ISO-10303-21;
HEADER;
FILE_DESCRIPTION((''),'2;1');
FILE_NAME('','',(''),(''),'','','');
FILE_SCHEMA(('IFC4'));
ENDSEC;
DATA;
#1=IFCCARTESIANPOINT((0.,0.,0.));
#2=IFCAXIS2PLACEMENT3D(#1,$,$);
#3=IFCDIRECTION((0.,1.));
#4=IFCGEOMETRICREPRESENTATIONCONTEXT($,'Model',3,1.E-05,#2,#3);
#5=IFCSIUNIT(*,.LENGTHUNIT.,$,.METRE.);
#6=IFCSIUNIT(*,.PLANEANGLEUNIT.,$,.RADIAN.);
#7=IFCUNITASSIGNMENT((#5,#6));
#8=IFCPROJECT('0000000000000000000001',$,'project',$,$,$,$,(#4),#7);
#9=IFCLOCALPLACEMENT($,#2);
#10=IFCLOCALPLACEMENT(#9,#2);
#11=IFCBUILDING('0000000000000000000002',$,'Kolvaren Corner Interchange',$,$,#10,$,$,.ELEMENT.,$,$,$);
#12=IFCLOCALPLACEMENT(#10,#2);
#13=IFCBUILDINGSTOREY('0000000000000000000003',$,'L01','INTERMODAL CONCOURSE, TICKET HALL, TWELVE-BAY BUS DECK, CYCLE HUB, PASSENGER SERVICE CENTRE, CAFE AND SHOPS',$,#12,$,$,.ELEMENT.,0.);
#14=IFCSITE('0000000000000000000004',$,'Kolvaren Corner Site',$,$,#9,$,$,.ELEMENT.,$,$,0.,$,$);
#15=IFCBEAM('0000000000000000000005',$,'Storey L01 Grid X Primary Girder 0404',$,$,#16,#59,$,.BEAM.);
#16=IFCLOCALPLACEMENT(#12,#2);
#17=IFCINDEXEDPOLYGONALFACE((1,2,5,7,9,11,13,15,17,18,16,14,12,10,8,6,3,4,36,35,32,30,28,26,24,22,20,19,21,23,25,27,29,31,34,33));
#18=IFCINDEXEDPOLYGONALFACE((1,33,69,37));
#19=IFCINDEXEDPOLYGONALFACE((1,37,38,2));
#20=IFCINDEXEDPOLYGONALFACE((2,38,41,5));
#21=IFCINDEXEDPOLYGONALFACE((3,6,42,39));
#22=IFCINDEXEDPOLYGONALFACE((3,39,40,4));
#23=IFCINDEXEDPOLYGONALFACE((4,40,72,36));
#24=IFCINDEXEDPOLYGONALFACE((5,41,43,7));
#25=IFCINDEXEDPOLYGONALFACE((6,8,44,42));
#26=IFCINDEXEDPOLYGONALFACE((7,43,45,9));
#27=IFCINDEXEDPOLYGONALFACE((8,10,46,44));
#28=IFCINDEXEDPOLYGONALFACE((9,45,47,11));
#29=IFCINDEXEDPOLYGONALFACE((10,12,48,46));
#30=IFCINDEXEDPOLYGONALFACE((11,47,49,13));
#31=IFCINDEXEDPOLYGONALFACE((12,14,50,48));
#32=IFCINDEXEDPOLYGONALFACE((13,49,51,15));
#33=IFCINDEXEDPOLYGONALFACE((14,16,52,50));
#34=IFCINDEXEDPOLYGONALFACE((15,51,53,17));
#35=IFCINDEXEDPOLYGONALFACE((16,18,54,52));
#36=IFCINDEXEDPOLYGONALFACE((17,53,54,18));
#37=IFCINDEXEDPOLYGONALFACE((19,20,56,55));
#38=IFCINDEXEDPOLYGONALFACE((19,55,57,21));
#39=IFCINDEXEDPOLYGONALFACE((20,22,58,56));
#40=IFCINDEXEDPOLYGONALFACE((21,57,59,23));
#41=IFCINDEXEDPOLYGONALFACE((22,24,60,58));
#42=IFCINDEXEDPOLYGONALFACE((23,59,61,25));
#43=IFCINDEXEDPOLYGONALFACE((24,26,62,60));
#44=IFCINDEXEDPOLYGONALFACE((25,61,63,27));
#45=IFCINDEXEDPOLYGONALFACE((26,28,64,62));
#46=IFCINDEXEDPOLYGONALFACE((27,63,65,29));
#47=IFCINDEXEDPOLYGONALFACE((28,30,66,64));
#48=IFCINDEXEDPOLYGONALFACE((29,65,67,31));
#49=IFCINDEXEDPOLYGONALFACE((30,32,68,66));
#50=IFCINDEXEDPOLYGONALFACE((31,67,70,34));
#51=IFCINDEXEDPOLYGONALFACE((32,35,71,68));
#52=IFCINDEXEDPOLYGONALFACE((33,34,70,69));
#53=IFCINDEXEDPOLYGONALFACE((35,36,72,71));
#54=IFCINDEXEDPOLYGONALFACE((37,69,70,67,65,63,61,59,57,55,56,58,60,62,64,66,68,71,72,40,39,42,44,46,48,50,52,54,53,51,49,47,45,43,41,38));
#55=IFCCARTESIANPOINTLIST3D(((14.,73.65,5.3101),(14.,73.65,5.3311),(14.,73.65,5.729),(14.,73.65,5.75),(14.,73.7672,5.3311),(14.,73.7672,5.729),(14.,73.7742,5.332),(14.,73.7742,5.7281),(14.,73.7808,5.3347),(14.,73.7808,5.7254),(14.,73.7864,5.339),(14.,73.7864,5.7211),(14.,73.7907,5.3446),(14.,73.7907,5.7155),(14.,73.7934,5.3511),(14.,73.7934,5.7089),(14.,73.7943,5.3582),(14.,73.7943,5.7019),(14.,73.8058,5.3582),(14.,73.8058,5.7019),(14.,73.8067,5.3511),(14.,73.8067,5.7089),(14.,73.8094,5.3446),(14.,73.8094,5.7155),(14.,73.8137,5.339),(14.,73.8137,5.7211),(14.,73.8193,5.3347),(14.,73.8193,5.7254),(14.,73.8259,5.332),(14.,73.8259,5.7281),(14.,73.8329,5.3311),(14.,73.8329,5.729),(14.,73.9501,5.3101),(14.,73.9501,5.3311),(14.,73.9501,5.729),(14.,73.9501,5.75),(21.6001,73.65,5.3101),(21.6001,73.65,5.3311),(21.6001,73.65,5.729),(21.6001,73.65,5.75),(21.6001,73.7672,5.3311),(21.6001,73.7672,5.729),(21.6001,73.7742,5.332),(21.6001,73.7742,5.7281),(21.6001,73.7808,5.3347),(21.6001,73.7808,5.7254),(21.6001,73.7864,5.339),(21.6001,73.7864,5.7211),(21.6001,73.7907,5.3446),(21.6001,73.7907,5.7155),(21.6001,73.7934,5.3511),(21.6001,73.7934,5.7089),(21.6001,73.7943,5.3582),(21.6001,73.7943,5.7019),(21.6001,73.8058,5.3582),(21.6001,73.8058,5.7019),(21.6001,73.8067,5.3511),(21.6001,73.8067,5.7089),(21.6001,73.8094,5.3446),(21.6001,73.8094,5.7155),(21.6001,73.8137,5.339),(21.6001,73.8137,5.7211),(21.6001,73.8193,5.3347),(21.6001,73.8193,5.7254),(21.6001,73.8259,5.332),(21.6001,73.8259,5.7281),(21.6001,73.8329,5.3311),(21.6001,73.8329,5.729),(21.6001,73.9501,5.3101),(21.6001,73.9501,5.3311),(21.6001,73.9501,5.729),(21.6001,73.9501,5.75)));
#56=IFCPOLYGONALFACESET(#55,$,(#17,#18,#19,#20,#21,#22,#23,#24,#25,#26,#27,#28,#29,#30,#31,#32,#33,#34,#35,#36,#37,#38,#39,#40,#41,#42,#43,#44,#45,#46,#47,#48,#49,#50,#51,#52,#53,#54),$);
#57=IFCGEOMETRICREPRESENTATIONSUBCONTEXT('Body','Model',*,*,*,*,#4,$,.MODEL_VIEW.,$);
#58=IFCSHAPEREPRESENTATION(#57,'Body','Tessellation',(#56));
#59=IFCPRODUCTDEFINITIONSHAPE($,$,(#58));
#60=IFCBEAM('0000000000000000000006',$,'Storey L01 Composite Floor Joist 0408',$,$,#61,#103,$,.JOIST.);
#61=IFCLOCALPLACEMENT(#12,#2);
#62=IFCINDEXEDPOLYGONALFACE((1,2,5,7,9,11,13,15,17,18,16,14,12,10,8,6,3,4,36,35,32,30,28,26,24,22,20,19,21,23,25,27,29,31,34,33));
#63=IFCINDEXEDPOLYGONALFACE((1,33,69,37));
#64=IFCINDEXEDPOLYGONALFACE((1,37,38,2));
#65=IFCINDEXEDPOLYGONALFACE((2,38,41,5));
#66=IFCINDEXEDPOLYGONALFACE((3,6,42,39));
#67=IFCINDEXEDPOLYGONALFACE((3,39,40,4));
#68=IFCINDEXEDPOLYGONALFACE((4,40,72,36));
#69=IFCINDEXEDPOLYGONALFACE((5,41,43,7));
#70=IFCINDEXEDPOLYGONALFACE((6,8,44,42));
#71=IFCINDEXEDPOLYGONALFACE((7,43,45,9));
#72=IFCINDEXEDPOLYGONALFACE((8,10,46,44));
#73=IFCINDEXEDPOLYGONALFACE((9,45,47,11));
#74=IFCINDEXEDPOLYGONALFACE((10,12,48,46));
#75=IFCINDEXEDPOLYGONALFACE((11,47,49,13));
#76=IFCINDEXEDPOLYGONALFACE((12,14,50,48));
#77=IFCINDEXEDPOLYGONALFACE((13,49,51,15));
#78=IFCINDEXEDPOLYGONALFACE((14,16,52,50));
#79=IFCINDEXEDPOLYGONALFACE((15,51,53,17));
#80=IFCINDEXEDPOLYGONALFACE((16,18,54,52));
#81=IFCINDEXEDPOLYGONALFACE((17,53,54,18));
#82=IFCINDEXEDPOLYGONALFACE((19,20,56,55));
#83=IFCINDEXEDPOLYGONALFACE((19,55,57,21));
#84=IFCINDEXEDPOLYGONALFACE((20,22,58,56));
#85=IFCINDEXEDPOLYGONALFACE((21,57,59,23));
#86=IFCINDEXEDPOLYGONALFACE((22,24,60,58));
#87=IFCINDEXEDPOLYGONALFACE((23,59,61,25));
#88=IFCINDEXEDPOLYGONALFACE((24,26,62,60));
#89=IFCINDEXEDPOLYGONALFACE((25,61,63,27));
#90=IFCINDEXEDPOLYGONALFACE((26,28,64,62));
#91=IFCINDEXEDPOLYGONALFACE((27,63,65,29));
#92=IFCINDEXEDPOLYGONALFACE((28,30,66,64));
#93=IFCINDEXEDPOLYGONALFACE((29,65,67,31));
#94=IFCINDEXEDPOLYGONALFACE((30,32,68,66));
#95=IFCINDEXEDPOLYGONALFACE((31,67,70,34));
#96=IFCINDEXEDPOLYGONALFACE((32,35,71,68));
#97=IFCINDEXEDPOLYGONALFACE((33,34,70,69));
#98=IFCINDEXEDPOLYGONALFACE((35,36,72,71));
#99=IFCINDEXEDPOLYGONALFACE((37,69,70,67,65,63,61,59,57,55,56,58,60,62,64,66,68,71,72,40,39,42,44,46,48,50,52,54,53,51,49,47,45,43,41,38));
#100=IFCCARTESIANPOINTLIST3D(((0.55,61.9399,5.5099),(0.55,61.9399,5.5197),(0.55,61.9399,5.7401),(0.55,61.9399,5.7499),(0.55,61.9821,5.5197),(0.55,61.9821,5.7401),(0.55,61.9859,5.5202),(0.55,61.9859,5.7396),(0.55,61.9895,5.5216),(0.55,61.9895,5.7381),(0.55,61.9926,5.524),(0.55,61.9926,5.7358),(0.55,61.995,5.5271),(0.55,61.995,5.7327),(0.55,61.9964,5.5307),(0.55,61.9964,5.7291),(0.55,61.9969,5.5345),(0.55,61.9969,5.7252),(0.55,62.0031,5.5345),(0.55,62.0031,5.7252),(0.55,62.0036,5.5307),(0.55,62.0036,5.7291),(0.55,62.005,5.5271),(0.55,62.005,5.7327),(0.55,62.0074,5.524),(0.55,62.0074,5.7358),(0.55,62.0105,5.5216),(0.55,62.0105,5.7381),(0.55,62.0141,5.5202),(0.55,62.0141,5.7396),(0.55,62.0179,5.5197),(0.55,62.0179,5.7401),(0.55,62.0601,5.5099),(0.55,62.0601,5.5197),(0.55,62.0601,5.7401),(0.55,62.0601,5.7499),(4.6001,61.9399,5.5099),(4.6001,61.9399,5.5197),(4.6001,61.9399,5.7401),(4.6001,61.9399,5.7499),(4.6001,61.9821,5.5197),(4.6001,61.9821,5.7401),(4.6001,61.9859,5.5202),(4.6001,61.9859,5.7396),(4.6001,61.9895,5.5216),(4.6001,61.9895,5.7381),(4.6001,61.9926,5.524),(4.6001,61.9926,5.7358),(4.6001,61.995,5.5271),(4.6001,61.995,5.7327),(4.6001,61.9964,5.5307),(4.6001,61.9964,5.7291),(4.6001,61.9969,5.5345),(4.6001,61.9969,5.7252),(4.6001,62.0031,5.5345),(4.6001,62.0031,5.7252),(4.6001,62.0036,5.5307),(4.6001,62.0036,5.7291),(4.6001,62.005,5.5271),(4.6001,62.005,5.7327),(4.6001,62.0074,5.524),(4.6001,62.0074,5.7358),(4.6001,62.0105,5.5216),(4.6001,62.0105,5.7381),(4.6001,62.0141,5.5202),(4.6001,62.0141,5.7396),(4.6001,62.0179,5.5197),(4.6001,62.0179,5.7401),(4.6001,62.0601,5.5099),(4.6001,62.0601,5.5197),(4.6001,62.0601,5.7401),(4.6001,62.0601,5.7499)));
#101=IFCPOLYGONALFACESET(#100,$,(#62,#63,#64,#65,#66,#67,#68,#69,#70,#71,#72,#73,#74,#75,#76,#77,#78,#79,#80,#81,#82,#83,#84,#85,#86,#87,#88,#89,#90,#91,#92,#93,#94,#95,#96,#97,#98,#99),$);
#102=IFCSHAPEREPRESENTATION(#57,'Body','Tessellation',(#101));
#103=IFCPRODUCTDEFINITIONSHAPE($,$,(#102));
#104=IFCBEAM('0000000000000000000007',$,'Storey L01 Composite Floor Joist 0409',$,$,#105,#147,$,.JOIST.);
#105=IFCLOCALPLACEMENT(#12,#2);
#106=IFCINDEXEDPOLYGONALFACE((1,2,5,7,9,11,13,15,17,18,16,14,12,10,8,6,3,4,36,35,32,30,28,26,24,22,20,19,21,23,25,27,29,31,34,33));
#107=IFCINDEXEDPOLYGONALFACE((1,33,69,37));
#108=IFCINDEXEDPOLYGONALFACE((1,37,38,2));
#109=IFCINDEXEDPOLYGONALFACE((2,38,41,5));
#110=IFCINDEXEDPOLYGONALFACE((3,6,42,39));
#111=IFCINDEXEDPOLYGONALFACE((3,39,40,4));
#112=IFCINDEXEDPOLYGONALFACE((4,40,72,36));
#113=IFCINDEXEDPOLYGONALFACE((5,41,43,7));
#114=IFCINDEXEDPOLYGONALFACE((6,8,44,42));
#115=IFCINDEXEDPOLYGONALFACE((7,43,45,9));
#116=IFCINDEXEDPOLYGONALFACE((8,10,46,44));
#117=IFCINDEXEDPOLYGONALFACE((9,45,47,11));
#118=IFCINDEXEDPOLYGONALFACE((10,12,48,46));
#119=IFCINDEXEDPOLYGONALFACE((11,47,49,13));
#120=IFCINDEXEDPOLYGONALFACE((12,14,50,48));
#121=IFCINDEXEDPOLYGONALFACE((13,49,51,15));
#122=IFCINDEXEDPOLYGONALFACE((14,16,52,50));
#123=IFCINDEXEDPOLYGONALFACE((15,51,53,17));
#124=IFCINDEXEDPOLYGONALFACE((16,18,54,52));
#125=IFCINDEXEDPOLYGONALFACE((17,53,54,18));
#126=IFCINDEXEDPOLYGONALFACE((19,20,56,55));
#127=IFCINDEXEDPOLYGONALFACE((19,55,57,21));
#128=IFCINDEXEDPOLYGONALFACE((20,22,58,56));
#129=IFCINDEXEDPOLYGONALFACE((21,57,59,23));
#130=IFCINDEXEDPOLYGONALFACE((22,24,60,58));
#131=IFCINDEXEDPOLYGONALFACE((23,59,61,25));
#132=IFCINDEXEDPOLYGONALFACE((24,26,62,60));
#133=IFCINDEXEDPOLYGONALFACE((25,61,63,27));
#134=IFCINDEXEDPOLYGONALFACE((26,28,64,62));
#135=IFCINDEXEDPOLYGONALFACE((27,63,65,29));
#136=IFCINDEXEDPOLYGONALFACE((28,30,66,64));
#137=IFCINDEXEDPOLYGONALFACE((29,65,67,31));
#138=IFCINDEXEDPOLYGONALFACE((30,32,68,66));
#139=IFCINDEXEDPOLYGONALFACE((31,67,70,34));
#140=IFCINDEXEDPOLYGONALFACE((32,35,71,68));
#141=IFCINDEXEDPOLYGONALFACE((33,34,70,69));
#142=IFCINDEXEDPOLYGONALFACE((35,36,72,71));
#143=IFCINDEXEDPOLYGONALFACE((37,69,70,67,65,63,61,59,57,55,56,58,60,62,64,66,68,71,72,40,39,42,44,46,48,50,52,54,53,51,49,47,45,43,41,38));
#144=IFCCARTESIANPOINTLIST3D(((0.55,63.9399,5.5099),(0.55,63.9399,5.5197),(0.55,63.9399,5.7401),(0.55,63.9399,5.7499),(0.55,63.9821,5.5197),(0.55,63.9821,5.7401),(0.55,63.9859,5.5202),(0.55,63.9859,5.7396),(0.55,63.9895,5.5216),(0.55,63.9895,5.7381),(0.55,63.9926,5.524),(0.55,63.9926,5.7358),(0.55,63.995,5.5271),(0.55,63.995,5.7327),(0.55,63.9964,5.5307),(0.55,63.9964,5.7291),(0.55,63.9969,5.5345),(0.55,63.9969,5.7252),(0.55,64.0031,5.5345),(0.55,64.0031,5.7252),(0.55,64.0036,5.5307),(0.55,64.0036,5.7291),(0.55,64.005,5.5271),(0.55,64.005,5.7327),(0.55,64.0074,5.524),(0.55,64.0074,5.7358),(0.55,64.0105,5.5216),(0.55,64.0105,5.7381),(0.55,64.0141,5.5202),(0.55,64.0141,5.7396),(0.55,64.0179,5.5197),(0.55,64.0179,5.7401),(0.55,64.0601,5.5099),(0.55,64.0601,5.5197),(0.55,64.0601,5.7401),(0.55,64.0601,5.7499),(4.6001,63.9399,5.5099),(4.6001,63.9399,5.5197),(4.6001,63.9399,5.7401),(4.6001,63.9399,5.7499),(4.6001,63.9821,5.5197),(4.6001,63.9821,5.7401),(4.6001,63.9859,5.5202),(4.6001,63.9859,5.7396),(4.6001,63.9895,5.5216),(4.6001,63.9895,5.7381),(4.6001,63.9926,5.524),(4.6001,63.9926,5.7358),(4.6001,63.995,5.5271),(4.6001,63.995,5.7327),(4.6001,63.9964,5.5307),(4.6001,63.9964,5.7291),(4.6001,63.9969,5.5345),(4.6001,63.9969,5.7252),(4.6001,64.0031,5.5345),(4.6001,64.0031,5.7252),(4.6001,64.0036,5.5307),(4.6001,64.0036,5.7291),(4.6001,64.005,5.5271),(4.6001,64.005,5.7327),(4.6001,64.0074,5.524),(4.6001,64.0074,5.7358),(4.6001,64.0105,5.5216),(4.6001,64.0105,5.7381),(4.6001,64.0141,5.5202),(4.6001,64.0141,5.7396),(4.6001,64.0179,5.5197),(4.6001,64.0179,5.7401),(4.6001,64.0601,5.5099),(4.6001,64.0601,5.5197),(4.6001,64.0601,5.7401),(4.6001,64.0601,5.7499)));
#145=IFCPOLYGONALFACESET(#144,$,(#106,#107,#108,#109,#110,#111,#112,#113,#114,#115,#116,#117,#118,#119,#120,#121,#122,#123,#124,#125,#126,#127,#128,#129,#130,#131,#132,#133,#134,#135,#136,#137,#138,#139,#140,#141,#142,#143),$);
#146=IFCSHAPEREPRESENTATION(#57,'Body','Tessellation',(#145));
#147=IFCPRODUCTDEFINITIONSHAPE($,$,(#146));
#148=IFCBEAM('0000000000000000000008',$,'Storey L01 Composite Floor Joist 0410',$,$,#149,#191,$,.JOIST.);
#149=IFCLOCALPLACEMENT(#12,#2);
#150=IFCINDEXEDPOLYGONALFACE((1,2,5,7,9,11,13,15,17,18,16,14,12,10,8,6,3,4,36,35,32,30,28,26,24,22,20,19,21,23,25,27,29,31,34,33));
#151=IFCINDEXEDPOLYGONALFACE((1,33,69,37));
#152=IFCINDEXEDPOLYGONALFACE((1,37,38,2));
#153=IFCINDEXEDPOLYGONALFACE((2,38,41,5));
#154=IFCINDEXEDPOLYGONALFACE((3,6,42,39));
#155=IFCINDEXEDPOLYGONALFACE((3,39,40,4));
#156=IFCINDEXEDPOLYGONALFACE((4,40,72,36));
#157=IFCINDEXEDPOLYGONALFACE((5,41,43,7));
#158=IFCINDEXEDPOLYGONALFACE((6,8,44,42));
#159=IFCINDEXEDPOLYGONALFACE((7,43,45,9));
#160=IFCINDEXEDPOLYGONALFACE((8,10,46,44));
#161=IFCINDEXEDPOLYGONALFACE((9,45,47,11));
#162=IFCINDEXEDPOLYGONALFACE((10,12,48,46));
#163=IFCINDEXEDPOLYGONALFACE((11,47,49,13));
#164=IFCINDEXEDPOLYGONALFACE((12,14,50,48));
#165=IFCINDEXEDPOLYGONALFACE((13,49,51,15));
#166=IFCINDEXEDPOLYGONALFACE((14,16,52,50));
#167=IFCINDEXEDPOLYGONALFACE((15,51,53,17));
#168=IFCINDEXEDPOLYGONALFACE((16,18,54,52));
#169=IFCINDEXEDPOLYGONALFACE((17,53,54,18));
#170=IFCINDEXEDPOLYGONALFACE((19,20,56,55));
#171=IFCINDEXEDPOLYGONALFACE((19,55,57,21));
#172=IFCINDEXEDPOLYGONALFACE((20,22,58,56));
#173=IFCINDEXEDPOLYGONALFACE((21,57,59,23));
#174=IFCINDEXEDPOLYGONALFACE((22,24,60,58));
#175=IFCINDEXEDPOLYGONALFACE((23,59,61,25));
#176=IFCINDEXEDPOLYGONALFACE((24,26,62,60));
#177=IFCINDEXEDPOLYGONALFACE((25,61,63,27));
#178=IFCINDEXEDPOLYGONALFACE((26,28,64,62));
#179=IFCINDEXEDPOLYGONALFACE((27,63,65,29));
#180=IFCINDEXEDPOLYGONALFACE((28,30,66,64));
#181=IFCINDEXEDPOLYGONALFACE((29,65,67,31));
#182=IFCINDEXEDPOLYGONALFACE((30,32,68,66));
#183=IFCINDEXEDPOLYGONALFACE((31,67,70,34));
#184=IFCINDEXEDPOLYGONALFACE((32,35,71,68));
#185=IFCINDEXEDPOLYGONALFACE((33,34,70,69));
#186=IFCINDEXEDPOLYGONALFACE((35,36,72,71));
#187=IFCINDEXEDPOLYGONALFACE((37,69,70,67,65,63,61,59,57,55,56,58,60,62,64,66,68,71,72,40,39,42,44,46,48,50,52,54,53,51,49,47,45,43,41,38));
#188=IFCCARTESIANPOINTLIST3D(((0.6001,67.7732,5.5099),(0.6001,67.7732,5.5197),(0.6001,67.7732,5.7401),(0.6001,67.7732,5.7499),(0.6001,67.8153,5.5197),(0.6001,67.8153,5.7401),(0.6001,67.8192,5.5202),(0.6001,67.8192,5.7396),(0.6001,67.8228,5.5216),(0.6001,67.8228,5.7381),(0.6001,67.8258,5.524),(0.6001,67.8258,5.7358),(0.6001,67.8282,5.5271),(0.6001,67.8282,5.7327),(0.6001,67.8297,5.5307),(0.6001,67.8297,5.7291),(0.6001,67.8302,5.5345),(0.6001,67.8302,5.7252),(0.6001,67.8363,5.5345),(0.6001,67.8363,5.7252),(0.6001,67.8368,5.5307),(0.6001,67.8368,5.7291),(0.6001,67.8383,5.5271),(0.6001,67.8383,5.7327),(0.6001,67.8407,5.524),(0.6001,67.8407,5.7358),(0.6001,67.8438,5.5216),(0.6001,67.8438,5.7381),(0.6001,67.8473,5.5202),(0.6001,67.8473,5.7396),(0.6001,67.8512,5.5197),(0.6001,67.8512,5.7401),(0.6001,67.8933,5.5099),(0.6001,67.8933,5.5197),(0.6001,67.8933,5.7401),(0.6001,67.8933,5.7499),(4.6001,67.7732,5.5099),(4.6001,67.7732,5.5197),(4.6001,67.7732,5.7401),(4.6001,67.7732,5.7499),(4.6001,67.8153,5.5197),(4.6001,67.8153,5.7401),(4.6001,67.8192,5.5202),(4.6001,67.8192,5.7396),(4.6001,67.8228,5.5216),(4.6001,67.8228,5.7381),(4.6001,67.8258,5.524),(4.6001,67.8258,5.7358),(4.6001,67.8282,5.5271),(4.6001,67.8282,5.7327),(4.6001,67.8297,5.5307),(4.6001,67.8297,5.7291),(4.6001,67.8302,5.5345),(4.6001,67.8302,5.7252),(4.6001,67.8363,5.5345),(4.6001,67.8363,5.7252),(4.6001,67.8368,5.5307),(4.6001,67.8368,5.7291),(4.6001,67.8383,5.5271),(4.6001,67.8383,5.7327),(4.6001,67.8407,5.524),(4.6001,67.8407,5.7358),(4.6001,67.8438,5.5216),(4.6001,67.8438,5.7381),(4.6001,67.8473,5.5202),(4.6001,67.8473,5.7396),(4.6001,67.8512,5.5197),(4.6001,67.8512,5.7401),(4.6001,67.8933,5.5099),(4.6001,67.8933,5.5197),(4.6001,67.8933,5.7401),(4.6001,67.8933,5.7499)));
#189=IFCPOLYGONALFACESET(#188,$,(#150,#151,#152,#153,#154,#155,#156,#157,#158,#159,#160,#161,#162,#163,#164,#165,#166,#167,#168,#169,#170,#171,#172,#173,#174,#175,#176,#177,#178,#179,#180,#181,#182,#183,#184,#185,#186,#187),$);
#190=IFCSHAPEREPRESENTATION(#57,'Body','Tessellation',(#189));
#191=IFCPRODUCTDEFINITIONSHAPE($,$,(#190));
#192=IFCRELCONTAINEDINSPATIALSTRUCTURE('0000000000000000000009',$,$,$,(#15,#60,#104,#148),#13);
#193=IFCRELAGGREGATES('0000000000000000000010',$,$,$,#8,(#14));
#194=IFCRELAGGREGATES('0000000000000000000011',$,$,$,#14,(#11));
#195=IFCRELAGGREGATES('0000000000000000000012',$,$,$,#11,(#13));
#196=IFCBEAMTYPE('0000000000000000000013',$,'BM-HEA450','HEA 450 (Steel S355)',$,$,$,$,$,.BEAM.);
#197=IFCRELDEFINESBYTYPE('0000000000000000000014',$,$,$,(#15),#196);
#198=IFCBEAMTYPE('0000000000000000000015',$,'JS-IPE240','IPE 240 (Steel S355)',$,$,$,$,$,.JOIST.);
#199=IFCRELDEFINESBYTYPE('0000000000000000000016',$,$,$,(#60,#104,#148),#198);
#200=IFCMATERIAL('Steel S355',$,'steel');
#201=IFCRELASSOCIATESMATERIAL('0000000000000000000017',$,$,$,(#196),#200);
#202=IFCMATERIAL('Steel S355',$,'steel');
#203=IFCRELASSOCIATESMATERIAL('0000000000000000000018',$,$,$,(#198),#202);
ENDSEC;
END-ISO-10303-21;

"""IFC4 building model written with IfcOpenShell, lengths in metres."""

from ifc_helpers import new_model, si_unit, direction, frame, origin, origin_2d, place, context, subcontext, project, spatial, i_section, extrude, material, material_profile, profile_set, type_object, element, save


model = new_model("IFC4")

# Units and contexts
model_context = context("Model", 3, precision=1e-05, world=origin(), true_north=direction((0.0, 1.0)))
body_context = subcontext(model_context, "Body", "Model", "MODEL_VIEW")
ifc_project = project(units=[si_unit("LENGTHUNIT", "METRE"), si_unit("PLANEANGLEUNIT", "RADIAN")], contexts=[model_context])

# Site, building, storey
site_placement = place(None, origin())
site = spatial("IfcSite", under=ifc_project, at=site_placement, Name="Kolvaren Corner Site", CompositionType="ELEMENT", RefElevation=0.0)
building_placement = place(site_placement, origin())
building = spatial("IfcBuilding", under=site, at=building_placement, Name="Kolvaren Corner Interchange", CompositionType="ELEMENT")
storey_placement = place(building_placement, origin())
storey = spatial("IfcBuildingStorey", under=building, at=storey_placement, Name="L01", Description="INTERMODAL CONCOURSE, TICKET HALL, TWELVE-BAY BUS DECK, CYCLE HUB, PASSENGER SERVICE CENTRE, CAFE AND SHOPS", CompositionType="ELEMENT", Elevation=0.0)

# Beams
ifc_material_1 = material(Name="Steel S355", Category="steel")
ifc_material_profile_1 = material_profile(ifc_material_1, i_section(OverallWidth=0.3, OverallDepth=0.4399, WebThickness=0.0115, FlangeThickness=0.021, FilletRadius=0.0271, at=origin_2d()), Name="HEA 450")
ifc_profile_set_1 = profile_set([ifc_material_profile_1], Name="Steel S355")
beam_type_1 = type_object("IfcBeamType", Name="BM-HEA450", Description="HEA 450 (Steel S355)", PredefinedType="BEAM", material=ifc_profile_set_1)
beam_1_placement = place(storey_placement, frame((14.0, 73.8, 5.53), z_axis=(1.0, 0.0, 0.0), x_axis=(0.0, 1.0, 0.0)))
element("IfcBeam", 1, at=beam_1_placement, inside=storey, type_object=beam_type_1, Name="Storey L01 Grid X Primary Girder 0404", PredefinedType="BEAM", context=body_context, shape_type="SweptSolid", body=[
    extrude(i_section(OverallWidth=0.3, OverallDepth=0.4399, WebThickness=0.0115, FlangeThickness=0.021, FilletRadius=0.0271, at=origin_2d()), origin(), (0.0, 0.0, 1.0), 7.6001),
])
ifc_material_2 = material(Name="Steel S355", Category="steel")
ifc_material_profile_2 = material_profile(ifc_material_2, i_section(OverallWidth=0.1201, OverallDepth=0.24, WebThickness=0.0061, FlangeThickness=0.0098, FilletRadius=0.0149, at=origin_2d()), Name="IPE 240")
ifc_profile_set_2 = profile_set([ifc_material_profile_2], Name="Steel S355")
beam_type_2 = type_object("IfcBeamType", Name="JS-IPE240", Description="IPE 240 (Steel S355)", PredefinedType="JOIST", material=ifc_profile_set_2)
for number, where, z_axis, x_axis, name in (
    (2, (0.55, 62.0, 5.6299), (1.0, 0.0, 0.0), (0.0, 1.0, 0.0), "Storey L01 Composite Floor Joist 0408"),
    (3, (0.55, 64.0, 5.6299), (1.0, 0.0, 0.0), (0.0, 1.0, 0.0), "Storey L01 Composite Floor Joist 0409"),
):
    element("IfcBeam", number, at=place(storey_placement, frame(where, z_axis=z_axis, x_axis=x_axis)), inside=storey, type_object=beam_type_2, Name=name, PredefinedType="JOIST", context=body_context, shape_type="SweptSolid", body=[
        extrude(i_section(OverallWidth=0.1201, OverallDepth=0.24, WebThickness=0.0061, FlangeThickness=0.0098, FilletRadius=0.0149, at=origin_2d()), origin(), (0.0, 0.0, 1.0), 4.05),
    ])
for number, where, z_axis, x_axis, name in (
    (4, (0.6001, 67.8333, 5.6299), (1.0, 0.0, 0.0), (0.0, 1.0, 0.0), "Storey L01 Composite Floor Joist 0410"),
):
    element("IfcBeam", number, at=place(storey_placement, frame(where, z_axis=z_axis, x_axis=x_axis)), inside=storey, type_object=beam_type_2, Name=name, PredefinedType="JOIST", context=body_context, shape_type="SweptSolid", body=[
        extrude(i_section(OverallWidth=0.1201, OverallDepth=0.24, WebThickness=0.0061, FlangeThickness=0.0098, FilletRadius=0.0149, at=origin_2d()), origin(), (0.0, 0.0, 1.0), 4.0),
    ])

save(model, "model.ifc")
